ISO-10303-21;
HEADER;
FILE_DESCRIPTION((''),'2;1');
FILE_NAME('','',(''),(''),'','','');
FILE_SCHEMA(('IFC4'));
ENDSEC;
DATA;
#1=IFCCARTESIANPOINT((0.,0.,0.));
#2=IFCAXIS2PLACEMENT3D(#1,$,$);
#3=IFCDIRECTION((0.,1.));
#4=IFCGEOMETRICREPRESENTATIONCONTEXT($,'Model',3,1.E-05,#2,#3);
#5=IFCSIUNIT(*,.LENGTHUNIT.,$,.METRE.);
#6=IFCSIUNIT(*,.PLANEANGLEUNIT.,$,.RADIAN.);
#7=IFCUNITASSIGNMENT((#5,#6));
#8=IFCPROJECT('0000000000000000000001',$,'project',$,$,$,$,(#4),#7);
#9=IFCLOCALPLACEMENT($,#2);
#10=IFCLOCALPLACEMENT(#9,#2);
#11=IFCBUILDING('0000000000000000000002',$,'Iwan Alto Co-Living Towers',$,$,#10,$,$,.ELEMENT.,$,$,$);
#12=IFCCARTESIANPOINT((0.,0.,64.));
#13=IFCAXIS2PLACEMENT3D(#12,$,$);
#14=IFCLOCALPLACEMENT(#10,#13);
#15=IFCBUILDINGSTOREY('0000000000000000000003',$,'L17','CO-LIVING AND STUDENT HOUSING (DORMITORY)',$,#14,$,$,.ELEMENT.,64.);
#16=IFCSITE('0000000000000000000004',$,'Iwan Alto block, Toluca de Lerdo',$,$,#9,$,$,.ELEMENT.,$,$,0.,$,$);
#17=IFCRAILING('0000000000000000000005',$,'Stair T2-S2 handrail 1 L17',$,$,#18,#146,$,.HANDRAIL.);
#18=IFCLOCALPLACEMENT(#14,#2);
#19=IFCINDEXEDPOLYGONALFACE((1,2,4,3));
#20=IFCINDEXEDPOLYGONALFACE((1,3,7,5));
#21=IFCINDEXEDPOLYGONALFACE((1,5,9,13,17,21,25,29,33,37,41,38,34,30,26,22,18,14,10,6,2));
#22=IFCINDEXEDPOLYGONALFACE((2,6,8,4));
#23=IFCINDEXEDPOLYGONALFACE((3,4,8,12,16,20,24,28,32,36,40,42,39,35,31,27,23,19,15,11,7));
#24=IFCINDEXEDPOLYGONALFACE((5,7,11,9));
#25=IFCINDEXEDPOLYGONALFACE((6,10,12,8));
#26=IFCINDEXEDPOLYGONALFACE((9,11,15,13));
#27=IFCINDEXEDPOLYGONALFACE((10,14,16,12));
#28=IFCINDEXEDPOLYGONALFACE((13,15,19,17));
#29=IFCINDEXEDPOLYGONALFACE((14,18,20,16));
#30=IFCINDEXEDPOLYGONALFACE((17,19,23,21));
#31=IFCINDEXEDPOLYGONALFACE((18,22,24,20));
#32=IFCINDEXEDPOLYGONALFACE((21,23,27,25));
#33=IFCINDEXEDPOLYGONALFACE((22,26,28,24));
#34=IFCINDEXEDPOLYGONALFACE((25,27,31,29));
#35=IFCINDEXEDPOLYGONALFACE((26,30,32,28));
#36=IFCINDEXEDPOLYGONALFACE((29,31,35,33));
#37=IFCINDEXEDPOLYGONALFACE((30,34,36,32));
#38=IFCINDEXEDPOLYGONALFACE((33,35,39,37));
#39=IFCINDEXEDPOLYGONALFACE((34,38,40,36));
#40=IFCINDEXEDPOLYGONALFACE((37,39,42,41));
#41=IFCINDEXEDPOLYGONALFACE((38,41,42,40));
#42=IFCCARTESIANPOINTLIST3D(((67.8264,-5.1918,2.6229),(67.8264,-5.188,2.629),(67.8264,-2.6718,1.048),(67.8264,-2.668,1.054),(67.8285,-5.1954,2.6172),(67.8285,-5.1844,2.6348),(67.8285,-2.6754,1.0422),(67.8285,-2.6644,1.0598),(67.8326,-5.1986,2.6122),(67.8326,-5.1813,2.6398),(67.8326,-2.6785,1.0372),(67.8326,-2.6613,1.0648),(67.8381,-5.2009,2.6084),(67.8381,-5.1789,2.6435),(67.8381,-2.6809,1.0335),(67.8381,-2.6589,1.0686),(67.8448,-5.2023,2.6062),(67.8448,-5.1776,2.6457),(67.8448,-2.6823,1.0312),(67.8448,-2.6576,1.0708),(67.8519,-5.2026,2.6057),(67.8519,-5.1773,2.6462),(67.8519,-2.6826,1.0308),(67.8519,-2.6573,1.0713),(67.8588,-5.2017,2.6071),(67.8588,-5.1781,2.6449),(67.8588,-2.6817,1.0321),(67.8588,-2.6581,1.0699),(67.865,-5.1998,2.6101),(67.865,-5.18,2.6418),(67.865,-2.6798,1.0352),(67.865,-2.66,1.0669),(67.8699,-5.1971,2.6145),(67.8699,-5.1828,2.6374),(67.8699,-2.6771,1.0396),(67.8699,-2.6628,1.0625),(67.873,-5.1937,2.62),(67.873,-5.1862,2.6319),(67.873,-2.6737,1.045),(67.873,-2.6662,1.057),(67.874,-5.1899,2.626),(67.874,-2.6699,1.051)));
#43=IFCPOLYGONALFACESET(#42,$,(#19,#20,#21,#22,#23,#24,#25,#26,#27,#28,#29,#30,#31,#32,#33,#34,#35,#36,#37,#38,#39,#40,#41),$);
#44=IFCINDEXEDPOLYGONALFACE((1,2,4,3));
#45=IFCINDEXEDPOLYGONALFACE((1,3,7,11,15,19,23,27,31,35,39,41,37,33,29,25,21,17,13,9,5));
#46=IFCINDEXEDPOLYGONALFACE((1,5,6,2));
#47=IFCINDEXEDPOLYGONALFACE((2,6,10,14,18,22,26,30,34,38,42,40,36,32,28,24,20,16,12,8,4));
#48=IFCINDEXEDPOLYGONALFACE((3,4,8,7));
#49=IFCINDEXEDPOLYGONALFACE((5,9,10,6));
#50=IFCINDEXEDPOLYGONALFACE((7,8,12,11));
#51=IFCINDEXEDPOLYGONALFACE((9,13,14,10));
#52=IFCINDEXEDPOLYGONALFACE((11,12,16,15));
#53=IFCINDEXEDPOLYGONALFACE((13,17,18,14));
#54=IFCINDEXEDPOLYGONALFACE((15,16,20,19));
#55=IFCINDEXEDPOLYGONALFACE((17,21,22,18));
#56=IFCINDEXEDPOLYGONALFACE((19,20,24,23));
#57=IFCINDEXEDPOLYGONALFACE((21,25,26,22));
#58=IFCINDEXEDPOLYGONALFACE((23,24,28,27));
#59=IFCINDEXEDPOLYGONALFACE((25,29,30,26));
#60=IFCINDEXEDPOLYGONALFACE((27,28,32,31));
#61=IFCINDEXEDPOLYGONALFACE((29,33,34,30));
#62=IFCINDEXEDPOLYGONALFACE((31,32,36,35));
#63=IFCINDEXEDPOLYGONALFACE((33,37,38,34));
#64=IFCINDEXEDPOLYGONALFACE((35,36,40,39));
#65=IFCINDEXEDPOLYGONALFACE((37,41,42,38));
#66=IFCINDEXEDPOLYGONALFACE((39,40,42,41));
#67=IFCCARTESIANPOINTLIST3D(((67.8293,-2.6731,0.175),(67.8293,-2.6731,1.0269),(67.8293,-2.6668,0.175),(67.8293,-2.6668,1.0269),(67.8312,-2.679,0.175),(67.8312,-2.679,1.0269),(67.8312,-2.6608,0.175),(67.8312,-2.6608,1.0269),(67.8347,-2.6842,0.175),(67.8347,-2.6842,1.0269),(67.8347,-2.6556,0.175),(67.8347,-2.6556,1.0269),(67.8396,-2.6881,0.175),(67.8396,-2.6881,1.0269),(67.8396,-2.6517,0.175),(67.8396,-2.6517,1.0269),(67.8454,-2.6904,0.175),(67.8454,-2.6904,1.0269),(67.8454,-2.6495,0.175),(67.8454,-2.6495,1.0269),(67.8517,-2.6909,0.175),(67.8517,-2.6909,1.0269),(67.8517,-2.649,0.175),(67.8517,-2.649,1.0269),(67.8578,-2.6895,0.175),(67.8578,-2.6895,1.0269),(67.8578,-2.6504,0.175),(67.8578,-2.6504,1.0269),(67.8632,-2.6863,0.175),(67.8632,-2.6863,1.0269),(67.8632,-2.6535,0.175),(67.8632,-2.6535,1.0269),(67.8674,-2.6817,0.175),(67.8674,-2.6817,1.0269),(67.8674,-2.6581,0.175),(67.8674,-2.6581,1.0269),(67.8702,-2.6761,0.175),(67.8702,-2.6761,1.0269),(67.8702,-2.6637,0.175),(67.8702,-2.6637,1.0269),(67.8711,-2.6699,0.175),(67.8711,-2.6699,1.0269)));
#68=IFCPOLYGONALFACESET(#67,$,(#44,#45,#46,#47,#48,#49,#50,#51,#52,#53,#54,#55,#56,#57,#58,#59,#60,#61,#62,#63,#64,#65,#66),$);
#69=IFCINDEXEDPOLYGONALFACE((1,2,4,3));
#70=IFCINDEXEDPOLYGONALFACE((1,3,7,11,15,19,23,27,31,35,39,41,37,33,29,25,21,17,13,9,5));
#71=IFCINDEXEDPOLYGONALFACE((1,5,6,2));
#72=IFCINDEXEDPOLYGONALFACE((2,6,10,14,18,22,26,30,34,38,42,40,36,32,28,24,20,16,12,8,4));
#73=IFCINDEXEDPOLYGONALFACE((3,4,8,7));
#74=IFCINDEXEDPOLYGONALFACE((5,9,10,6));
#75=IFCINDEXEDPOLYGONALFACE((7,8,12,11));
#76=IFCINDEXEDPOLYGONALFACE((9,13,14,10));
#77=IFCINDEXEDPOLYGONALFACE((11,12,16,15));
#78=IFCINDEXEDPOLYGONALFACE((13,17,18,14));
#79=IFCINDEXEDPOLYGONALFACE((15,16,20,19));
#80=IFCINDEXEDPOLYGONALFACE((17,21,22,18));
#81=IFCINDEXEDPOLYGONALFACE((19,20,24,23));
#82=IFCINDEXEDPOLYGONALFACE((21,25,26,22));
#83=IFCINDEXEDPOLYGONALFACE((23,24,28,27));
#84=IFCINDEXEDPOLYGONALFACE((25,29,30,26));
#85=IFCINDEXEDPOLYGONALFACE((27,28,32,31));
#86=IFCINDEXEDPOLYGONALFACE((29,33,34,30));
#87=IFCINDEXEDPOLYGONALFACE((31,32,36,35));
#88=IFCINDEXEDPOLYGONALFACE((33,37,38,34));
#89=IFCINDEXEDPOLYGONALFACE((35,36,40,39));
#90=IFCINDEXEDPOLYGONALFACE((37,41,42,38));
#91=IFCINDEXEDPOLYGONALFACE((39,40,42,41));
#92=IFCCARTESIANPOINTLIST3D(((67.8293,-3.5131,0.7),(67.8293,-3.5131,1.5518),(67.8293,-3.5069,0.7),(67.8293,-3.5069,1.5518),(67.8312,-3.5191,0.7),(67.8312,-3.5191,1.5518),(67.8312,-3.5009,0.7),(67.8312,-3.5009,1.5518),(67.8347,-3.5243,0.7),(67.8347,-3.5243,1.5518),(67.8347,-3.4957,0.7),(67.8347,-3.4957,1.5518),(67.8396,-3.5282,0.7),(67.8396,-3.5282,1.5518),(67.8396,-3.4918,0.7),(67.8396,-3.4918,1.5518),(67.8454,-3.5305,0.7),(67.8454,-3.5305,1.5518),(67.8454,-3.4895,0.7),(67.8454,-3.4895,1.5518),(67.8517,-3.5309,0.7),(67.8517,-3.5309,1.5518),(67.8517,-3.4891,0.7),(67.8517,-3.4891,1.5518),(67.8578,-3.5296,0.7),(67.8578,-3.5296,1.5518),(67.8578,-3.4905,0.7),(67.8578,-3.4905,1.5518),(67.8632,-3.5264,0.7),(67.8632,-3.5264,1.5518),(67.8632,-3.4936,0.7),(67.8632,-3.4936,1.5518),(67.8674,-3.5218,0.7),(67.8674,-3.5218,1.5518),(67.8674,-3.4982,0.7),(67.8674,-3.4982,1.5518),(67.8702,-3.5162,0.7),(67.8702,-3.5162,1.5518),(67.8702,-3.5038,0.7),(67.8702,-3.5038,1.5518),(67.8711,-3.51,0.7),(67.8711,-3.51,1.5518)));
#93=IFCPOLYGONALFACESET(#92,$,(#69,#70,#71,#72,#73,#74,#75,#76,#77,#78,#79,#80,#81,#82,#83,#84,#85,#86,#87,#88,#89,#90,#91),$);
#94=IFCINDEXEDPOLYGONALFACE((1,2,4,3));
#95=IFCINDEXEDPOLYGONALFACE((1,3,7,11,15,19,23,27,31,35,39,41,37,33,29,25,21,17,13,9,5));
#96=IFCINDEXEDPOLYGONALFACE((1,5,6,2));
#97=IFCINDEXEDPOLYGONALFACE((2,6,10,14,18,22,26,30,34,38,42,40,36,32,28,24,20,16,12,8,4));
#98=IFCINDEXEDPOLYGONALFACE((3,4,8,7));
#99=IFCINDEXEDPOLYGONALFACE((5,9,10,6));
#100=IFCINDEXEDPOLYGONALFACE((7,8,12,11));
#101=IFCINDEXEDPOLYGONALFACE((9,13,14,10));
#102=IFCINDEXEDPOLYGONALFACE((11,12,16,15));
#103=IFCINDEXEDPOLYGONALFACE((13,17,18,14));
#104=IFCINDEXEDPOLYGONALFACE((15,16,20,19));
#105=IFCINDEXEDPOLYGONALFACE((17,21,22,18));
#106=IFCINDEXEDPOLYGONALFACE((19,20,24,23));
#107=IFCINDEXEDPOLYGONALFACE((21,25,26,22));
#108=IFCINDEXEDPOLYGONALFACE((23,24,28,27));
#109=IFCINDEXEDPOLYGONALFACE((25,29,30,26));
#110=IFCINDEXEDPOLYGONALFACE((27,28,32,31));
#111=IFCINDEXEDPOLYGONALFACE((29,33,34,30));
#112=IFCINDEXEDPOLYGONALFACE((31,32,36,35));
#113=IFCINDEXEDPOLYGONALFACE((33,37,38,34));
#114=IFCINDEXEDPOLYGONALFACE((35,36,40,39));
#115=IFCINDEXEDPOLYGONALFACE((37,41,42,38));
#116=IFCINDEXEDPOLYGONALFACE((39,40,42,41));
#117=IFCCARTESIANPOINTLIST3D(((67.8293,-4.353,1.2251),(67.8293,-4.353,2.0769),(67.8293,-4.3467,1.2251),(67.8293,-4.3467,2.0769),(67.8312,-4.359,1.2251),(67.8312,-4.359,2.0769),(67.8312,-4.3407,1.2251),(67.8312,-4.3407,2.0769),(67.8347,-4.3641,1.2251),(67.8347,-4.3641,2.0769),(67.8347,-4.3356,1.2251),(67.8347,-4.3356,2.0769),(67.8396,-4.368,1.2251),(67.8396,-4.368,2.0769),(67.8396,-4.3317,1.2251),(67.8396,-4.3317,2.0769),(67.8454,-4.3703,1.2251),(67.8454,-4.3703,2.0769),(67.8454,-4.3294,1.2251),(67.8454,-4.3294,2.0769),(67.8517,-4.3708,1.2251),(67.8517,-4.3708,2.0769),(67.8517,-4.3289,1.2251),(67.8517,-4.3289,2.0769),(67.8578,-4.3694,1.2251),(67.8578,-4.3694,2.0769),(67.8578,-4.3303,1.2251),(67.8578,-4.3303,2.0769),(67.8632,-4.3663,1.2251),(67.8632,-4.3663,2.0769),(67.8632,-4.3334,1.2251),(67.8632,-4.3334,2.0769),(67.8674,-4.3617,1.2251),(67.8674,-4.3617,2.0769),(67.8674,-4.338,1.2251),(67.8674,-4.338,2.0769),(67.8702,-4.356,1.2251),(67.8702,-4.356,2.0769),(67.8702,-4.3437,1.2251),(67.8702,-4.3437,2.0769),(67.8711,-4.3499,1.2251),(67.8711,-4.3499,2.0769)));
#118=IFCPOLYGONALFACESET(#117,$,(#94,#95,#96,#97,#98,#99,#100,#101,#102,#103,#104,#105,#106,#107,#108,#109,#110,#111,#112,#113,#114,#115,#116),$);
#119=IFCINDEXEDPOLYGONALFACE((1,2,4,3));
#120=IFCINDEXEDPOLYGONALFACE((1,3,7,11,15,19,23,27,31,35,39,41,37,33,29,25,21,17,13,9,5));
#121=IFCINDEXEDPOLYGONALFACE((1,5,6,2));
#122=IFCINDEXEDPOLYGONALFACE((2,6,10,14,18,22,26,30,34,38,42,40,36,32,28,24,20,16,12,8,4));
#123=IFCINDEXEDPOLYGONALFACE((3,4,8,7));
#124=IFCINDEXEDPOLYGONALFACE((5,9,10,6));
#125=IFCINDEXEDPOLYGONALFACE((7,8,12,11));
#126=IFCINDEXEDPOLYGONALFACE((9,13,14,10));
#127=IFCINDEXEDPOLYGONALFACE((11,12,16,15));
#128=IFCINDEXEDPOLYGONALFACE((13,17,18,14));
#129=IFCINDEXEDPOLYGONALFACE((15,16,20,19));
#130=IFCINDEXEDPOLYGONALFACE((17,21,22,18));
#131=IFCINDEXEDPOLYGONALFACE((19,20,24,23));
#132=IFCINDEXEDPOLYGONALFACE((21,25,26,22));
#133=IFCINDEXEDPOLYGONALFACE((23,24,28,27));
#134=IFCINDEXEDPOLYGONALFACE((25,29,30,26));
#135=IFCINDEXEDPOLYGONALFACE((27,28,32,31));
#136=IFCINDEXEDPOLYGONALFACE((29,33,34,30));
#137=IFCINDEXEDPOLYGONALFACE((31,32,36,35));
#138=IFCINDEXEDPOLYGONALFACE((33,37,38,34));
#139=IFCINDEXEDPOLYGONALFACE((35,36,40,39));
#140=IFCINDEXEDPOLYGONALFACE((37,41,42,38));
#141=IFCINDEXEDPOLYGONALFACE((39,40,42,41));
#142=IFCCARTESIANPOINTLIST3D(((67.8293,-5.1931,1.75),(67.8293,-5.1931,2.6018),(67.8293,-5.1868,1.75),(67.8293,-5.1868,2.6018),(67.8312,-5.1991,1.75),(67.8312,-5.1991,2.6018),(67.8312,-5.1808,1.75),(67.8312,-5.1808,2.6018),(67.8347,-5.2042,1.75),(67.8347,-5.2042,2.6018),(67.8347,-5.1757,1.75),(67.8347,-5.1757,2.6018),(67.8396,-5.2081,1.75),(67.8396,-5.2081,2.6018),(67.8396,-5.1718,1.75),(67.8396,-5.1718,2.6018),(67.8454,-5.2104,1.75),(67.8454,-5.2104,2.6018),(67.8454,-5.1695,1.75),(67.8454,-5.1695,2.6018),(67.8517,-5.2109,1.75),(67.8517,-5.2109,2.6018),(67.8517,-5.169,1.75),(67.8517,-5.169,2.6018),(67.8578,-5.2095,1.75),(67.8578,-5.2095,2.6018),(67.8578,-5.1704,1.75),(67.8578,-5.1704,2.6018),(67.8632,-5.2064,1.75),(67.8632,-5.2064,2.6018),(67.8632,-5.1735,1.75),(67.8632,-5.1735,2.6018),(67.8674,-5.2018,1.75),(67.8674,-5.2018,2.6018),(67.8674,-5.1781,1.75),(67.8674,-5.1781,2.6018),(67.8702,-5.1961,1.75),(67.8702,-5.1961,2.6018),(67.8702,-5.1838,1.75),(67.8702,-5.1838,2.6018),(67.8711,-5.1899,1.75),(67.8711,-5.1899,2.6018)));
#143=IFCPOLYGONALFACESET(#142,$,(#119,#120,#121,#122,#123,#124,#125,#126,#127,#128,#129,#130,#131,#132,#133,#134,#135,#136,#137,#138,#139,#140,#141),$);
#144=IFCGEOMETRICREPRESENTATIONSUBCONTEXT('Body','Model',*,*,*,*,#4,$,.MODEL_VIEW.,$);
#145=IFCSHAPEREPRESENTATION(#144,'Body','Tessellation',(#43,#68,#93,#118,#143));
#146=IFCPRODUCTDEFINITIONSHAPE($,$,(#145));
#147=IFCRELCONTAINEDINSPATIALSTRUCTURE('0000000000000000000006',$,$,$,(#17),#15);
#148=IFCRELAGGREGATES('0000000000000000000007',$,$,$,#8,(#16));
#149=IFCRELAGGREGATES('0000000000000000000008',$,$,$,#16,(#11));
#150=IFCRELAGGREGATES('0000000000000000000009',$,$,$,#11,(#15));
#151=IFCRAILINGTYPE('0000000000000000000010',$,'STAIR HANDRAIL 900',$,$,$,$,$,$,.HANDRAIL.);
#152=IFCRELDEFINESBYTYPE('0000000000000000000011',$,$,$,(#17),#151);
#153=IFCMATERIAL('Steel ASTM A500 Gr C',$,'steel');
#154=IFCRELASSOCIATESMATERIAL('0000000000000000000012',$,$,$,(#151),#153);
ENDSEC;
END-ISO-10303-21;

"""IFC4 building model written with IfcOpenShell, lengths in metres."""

from ifc_helpers import new_model, si_unit, direction, frame, origin, origin_2d, place, context, subcontext, project, spatial, circle, extrude, material, type_object, element, save


model = new_model("IFC4")

# Units and contexts
model_context = context("Model", 3, precision=1e-05, world=origin(), true_north=direction((0.0, 1.0)))
body_context = subcontext(model_context, "Body", "Model", "MODEL_VIEW")
ifc_project = project(units=[si_unit("LENGTHUNIT", "METRE"), si_unit("PLANEANGLEUNIT", "RADIAN")], contexts=[model_context])

# Site, building, storey
site_placement = place(None, origin())
site = spatial("IfcSite", under=ifc_project, at=site_placement, Name="Iwan Alto block, Toluca de Lerdo", CompositionType="ELEMENT", RefElevation=0.0)
building_placement = place(site_placement, origin())
building = spatial("IfcBuilding", under=site, at=building_placement, Name="Iwan Alto Co-Living Towers", CompositionType="ELEMENT")
storey_placement = place(building_placement, frame((0.0, 0.0, 64.0)))
storey = spatial("IfcBuildingStorey", under=building, at=storey_placement, Name="L17", Description="CO-LIVING AND STUDENT HOUSING (DORMITORY)", CompositionType="ELEMENT", Elevation=64.0)

# Railing
ifc_material_1 = material(Name="Steel ASTM A500 Gr C", Category="steel")
railing_type = type_object("IfcRailingType", Name="STAIR HANDRAIL 900", PredefinedType="HANDRAIL", material=ifc_material_1)
railing_1_placement = place(storey_placement, frame((67.8501, -2.6699, 0.175)))
element("IfcRailing", 1, at=railing_1_placement, inside=storey, type_object=railing_type, Name="Stair T2-S2 handrail 1 L17", PredefinedType="HANDRAIL", context=body_context, shape_type="SweptSolid", body=[
    extrude(circle(Radius=0.0239, at=origin_2d()), frame((0.0, 0.0, 0.876), z_axis=(0.0, -0.848008, 0.529984), x_axis=(1.0, 0.0, 0.0)), (0.0, 0.0, 1.0), 2.9717),
    extrude(circle(Radius=0.021, at=origin_2d()), origin(), (0.0, 0.0, 1.0), 0.8518),
    extrude(circle(Radius=0.021, at=origin_2d()), frame((0.0, -0.8401, 0.5249)), (0.0, 0.0, 1.0), 0.8518),
    extrude(circle(Radius=0.021, at=origin_2d()), frame((0.0, -1.6799, 1.05)), (0.0, 0.0, 1.0), 0.8518),
    extrude(circle(Radius=0.021, at=origin_2d()), frame((0.0, -2.52, 1.575)), (0.0, 0.0, 1.0), 0.8518),
])

save(model, "model.ifc")
